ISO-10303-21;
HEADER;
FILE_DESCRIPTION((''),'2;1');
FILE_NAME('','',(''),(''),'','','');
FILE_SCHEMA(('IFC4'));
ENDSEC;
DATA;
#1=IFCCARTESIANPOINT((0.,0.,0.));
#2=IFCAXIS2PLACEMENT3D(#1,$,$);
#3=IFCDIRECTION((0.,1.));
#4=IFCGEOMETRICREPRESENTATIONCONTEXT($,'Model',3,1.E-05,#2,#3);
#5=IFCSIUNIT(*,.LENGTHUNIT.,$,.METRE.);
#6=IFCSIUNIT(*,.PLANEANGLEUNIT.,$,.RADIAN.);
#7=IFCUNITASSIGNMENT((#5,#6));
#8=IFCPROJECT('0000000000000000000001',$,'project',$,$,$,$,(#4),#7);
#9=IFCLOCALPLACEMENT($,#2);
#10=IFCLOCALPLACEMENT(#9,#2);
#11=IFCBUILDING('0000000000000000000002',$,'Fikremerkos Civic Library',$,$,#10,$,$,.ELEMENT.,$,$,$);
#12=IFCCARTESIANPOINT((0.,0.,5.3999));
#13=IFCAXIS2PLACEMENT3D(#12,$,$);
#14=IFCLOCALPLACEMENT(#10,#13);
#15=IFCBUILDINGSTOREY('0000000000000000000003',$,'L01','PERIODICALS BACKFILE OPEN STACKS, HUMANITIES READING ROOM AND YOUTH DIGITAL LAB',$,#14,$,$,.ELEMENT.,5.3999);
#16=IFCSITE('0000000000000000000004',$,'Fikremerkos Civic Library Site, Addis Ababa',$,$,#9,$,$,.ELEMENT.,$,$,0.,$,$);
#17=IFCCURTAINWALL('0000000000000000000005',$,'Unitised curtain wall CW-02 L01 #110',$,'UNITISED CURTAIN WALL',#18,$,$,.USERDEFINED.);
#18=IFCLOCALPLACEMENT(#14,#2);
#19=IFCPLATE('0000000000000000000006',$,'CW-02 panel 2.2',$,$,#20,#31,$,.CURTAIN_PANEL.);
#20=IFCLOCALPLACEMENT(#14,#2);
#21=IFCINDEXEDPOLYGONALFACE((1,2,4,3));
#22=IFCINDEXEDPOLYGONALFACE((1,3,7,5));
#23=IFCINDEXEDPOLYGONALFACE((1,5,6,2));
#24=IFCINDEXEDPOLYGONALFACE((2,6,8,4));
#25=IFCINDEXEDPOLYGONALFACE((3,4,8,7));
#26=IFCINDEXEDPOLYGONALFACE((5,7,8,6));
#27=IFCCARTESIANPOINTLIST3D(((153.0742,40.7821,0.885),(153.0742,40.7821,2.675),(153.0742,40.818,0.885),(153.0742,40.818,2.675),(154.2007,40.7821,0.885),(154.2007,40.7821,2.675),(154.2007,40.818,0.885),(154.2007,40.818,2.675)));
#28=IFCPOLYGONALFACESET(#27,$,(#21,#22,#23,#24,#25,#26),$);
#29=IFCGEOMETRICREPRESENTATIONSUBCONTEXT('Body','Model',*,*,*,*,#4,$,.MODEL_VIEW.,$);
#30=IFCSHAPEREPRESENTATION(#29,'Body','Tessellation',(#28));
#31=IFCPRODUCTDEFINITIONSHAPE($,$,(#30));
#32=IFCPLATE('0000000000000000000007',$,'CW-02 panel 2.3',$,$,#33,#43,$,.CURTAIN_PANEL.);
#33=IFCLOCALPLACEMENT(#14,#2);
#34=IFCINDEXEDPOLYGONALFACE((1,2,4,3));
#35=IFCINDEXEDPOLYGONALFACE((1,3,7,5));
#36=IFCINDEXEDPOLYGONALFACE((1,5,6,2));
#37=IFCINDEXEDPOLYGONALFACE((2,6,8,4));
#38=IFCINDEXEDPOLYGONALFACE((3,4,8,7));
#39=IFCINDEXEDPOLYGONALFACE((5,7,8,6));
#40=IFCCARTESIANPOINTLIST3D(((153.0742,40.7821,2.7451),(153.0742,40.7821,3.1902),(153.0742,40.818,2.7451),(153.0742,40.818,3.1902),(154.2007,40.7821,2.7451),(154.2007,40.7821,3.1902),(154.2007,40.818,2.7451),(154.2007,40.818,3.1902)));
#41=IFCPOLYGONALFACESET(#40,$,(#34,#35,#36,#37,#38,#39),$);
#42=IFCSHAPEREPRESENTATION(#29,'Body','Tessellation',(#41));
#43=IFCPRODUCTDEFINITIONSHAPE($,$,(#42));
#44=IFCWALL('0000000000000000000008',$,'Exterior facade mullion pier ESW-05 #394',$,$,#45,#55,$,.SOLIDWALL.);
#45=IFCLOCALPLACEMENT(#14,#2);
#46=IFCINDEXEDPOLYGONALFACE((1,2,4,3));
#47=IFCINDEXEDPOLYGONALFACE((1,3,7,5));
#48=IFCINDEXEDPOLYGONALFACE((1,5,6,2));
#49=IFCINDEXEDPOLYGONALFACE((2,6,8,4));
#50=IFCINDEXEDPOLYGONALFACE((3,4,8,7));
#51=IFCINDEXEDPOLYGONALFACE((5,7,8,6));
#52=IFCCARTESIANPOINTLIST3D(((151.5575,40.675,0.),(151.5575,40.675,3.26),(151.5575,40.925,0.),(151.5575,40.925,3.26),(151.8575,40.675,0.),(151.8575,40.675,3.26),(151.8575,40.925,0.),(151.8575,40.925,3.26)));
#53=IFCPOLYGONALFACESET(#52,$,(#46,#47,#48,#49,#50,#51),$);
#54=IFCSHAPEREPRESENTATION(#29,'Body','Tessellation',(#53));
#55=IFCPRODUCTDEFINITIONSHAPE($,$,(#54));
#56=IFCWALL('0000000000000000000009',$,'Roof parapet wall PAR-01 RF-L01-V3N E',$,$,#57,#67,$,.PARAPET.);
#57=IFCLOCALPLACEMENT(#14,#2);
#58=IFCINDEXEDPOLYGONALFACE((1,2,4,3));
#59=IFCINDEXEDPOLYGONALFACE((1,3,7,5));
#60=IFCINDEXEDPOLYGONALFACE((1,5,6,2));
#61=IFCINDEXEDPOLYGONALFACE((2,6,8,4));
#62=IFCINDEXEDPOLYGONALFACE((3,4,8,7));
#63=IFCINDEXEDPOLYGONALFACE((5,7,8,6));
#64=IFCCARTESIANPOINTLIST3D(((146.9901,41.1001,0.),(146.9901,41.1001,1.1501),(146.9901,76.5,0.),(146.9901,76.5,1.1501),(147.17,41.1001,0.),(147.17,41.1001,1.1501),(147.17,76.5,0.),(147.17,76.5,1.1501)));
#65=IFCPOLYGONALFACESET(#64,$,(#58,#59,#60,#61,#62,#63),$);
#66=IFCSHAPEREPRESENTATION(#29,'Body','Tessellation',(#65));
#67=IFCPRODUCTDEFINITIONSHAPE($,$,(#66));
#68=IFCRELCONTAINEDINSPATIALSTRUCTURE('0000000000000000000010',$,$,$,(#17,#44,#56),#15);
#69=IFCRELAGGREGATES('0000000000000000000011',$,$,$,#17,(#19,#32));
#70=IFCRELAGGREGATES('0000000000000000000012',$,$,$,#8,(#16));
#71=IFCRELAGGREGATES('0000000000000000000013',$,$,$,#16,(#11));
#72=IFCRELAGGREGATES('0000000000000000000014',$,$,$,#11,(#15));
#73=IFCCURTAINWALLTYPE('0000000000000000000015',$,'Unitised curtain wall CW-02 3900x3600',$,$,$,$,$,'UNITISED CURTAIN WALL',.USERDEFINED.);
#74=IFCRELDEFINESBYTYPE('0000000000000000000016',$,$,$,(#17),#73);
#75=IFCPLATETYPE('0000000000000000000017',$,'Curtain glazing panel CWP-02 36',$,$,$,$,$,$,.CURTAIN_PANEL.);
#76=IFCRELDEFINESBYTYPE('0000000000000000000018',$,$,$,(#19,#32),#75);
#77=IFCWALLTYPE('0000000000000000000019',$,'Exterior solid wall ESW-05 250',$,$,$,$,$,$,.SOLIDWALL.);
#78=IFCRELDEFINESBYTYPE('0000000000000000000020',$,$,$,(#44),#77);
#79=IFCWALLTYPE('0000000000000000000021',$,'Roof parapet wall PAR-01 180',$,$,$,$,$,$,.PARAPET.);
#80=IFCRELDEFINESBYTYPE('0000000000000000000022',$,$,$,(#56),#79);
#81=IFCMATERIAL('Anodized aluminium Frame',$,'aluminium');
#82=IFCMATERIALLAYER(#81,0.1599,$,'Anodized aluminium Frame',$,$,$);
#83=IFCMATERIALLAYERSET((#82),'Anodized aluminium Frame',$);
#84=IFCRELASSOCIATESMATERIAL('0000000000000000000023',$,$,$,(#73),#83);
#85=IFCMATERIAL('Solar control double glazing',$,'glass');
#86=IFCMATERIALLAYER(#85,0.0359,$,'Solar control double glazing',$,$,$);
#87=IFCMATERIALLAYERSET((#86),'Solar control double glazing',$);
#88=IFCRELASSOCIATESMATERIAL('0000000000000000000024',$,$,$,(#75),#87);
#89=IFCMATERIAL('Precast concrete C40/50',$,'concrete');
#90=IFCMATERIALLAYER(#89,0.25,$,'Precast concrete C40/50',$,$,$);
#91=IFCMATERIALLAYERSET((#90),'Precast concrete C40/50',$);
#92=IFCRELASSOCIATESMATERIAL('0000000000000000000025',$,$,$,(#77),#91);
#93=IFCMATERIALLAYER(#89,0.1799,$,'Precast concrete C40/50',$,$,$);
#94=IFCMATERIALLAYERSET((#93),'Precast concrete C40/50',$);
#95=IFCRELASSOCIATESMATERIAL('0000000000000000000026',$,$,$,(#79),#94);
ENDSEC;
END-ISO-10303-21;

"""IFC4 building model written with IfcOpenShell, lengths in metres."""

from ifc_helpers import new_model, si_unit, direction, frame, frame_2d, origin, origin_2d, place, context, subcontext, project, spatial, rectangle, extrude, material, layer, layer_set, type_object, element, aggregate, save


model = new_model("IFC4")

# Units and contexts
model_context = context("Model", 3, precision=1e-05, world=origin(), true_north=direction((0.0, 1.0)))
body_context = subcontext(model_context, "Body", "Model", "MODEL_VIEW")
ifc_project = project(units=[si_unit("LENGTHUNIT", "METRE"), si_unit("PLANEANGLEUNIT", "RADIAN")], contexts=[model_context])

# Site, building, storey
site_placement = place(None, origin())
site = spatial("IfcSite", under=ifc_project, at=site_placement, Name="Fikremerkos Civic Library Site, Addis Ababa", CompositionType="ELEMENT", RefElevation=0.0)
building_placement = place(site_placement, origin())
building = spatial("IfcBuilding", under=site, at=building_placement, Name="Fikremerkos Civic Library", CompositionType="ELEMENT")
storey_placement = place(building_placement, frame((0.0, 0.0, 5.3999)))
storey = spatial("IfcBuildingStorey", under=building, at=storey_placement, Name="L01", Description="PERIODICALS BACKFILE OPEN STACKS, HUMANITIES READING ROOM AND YOUTH DIGITAL LAB", CompositionType="ELEMENT", Elevation=5.3999)

# Curtain wall
ifc_material_1 = material(Name="Anodized aluminium Frame", Category="aluminium")
ifc_layer_1 = layer(ifc_material_1, 0.1599, Name="Anodized aluminium Frame")
ifc_layer_set_1 = layer_set([ifc_layer_1], Name="Anodized aluminium Frame")
curtain_wall_type_1 = type_object("IfcCurtainWallType", Name="Unitised curtain wall CW-02 3900x3600", ElementType="UNITISED CURTAIN WALL", PredefinedType="USERDEFINED", material=ifc_layer_set_1)
curtain_wall_1_placement = place(storey_placement, origin())
curtain_wall_1 = element("IfcCurtainWall", 1, at=curtain_wall_1_placement, inside=storey, type_object=curtain_wall_type_1, Name="Unitised curtain wall CW-02 L01 #110", ObjectType="UNITISED CURTAIN WALL", PredefinedType="USERDEFINED")

# Plates
ifc_material_2 = material(Name="Solar control double glazing", Category="glass")
ifc_layer_2 = layer(ifc_material_2, 0.0359, Name="Solar control double glazing")
ifc_layer_set_2 = layer_set([ifc_layer_2], Name="Solar control double glazing")
plate_type_1 = type_object("IfcPlateType", Name="Curtain glazing panel CWP-02 36", PredefinedType="CURTAIN_PANEL", material=ifc_layer_set_2)
plate_1_placement = place(storey_placement, frame((153.6375, 40.8, 0.885), z_axis=(0.0, 0.0, 1.0), x_axis=(1.0, 0.0, 0.0)))
plate_1 = element("IfcPlate", 2, at=plate_1_placement, type_object=plate_type_1, Name="CW-02 panel 2.2", PredefinedType="CURTAIN_PANEL", context=body_context, shape_type="SweptSolid", body=[
    extrude(rectangle(XDim=1.1265, YDim=0.0359, at=origin_2d()), origin(), (0.0, 0.0, 1.0), 1.79),
])
plate_2_placement = place(storey_placement, frame((153.6375, 40.8, 2.7451), z_axis=(0.0, 0.0, 1.0), x_axis=(1.0, 0.0, 0.0)))
plate_2 = element("IfcPlate", 3, at=plate_2_placement, type_object=plate_type_1, Name="CW-02 panel 2.3", PredefinedType="CURTAIN_PANEL", context=body_context, shape_type="SweptSolid", body=[
    extrude(rectangle(XDim=1.1265, YDim=0.0359, at=origin_2d()), origin(), (0.0, 0.0, 1.0), 0.4451),
])
aggregate(curtain_wall_1, [plate_1, plate_2])

# Walls
ifc_material_3 = material(Name="Precast concrete C40/50", Category="concrete")
ifc_layer_3 = layer(ifc_material_3, 0.25, Name="Precast concrete C40/50")
ifc_layer_set_3 = layer_set([ifc_layer_3], Name="Precast concrete C40/50")
wall_type_1 = type_object("IfcWallType", Name="Exterior solid wall ESW-05 250", PredefinedType="SOLIDWALL", material=ifc_layer_set_3)
wall_1_placement = place(storey_placement, frame((151.5576, 40.8, 0.0), z_axis=(0.0, 0.0, 1.0), x_axis=(1.0, 0.0, 0.0)))
element("IfcWall", 4, at=wall_1_placement, inside=storey, type_object=wall_type_1, Name="Exterior facade mullion pier ESW-05 #394", PredefinedType="SOLIDWALL", context=body_context, shape_type="SweptSolid", body=[
    extrude(rectangle(XDim=0.3, YDim=0.25, at=frame_2d((0.1499, 0.0))), origin(), (0.0, 0.0, 1.0), 3.26),
])
ifc_layer_4 = layer(ifc_material_3, 0.1799, Name="Precast concrete C40/50")
ifc_layer_set_4 = layer_set([ifc_layer_4], Name="Precast concrete C40/50")
wall_type_2 = type_object("IfcWallType", Name="Roof parapet wall PAR-01 180", PredefinedType="PARAPET", material=ifc_layer_set_4)
wall_2_placement = place(storey_placement, frame((147.0801, 41.1001, 0.0), z_axis=(0.0, 0.0, 1.0), x_axis=(0.0, 1.0, 0.0)))
element("IfcWall", 5, at=wall_2_placement, inside=storey, type_object=wall_type_2, Name="Roof parapet wall PAR-01 RF-L01-V3N E", PredefinedType="PARAPET", context=body_context, shape_type="SweptSolid", body=[
    extrude(rectangle(XDim=35.3999, YDim=0.1799, at=frame_2d((17.7, 0.0))), origin(), (0.0, 0.0, 1.0), 1.1501),
])

save(model, "model.ifc")
